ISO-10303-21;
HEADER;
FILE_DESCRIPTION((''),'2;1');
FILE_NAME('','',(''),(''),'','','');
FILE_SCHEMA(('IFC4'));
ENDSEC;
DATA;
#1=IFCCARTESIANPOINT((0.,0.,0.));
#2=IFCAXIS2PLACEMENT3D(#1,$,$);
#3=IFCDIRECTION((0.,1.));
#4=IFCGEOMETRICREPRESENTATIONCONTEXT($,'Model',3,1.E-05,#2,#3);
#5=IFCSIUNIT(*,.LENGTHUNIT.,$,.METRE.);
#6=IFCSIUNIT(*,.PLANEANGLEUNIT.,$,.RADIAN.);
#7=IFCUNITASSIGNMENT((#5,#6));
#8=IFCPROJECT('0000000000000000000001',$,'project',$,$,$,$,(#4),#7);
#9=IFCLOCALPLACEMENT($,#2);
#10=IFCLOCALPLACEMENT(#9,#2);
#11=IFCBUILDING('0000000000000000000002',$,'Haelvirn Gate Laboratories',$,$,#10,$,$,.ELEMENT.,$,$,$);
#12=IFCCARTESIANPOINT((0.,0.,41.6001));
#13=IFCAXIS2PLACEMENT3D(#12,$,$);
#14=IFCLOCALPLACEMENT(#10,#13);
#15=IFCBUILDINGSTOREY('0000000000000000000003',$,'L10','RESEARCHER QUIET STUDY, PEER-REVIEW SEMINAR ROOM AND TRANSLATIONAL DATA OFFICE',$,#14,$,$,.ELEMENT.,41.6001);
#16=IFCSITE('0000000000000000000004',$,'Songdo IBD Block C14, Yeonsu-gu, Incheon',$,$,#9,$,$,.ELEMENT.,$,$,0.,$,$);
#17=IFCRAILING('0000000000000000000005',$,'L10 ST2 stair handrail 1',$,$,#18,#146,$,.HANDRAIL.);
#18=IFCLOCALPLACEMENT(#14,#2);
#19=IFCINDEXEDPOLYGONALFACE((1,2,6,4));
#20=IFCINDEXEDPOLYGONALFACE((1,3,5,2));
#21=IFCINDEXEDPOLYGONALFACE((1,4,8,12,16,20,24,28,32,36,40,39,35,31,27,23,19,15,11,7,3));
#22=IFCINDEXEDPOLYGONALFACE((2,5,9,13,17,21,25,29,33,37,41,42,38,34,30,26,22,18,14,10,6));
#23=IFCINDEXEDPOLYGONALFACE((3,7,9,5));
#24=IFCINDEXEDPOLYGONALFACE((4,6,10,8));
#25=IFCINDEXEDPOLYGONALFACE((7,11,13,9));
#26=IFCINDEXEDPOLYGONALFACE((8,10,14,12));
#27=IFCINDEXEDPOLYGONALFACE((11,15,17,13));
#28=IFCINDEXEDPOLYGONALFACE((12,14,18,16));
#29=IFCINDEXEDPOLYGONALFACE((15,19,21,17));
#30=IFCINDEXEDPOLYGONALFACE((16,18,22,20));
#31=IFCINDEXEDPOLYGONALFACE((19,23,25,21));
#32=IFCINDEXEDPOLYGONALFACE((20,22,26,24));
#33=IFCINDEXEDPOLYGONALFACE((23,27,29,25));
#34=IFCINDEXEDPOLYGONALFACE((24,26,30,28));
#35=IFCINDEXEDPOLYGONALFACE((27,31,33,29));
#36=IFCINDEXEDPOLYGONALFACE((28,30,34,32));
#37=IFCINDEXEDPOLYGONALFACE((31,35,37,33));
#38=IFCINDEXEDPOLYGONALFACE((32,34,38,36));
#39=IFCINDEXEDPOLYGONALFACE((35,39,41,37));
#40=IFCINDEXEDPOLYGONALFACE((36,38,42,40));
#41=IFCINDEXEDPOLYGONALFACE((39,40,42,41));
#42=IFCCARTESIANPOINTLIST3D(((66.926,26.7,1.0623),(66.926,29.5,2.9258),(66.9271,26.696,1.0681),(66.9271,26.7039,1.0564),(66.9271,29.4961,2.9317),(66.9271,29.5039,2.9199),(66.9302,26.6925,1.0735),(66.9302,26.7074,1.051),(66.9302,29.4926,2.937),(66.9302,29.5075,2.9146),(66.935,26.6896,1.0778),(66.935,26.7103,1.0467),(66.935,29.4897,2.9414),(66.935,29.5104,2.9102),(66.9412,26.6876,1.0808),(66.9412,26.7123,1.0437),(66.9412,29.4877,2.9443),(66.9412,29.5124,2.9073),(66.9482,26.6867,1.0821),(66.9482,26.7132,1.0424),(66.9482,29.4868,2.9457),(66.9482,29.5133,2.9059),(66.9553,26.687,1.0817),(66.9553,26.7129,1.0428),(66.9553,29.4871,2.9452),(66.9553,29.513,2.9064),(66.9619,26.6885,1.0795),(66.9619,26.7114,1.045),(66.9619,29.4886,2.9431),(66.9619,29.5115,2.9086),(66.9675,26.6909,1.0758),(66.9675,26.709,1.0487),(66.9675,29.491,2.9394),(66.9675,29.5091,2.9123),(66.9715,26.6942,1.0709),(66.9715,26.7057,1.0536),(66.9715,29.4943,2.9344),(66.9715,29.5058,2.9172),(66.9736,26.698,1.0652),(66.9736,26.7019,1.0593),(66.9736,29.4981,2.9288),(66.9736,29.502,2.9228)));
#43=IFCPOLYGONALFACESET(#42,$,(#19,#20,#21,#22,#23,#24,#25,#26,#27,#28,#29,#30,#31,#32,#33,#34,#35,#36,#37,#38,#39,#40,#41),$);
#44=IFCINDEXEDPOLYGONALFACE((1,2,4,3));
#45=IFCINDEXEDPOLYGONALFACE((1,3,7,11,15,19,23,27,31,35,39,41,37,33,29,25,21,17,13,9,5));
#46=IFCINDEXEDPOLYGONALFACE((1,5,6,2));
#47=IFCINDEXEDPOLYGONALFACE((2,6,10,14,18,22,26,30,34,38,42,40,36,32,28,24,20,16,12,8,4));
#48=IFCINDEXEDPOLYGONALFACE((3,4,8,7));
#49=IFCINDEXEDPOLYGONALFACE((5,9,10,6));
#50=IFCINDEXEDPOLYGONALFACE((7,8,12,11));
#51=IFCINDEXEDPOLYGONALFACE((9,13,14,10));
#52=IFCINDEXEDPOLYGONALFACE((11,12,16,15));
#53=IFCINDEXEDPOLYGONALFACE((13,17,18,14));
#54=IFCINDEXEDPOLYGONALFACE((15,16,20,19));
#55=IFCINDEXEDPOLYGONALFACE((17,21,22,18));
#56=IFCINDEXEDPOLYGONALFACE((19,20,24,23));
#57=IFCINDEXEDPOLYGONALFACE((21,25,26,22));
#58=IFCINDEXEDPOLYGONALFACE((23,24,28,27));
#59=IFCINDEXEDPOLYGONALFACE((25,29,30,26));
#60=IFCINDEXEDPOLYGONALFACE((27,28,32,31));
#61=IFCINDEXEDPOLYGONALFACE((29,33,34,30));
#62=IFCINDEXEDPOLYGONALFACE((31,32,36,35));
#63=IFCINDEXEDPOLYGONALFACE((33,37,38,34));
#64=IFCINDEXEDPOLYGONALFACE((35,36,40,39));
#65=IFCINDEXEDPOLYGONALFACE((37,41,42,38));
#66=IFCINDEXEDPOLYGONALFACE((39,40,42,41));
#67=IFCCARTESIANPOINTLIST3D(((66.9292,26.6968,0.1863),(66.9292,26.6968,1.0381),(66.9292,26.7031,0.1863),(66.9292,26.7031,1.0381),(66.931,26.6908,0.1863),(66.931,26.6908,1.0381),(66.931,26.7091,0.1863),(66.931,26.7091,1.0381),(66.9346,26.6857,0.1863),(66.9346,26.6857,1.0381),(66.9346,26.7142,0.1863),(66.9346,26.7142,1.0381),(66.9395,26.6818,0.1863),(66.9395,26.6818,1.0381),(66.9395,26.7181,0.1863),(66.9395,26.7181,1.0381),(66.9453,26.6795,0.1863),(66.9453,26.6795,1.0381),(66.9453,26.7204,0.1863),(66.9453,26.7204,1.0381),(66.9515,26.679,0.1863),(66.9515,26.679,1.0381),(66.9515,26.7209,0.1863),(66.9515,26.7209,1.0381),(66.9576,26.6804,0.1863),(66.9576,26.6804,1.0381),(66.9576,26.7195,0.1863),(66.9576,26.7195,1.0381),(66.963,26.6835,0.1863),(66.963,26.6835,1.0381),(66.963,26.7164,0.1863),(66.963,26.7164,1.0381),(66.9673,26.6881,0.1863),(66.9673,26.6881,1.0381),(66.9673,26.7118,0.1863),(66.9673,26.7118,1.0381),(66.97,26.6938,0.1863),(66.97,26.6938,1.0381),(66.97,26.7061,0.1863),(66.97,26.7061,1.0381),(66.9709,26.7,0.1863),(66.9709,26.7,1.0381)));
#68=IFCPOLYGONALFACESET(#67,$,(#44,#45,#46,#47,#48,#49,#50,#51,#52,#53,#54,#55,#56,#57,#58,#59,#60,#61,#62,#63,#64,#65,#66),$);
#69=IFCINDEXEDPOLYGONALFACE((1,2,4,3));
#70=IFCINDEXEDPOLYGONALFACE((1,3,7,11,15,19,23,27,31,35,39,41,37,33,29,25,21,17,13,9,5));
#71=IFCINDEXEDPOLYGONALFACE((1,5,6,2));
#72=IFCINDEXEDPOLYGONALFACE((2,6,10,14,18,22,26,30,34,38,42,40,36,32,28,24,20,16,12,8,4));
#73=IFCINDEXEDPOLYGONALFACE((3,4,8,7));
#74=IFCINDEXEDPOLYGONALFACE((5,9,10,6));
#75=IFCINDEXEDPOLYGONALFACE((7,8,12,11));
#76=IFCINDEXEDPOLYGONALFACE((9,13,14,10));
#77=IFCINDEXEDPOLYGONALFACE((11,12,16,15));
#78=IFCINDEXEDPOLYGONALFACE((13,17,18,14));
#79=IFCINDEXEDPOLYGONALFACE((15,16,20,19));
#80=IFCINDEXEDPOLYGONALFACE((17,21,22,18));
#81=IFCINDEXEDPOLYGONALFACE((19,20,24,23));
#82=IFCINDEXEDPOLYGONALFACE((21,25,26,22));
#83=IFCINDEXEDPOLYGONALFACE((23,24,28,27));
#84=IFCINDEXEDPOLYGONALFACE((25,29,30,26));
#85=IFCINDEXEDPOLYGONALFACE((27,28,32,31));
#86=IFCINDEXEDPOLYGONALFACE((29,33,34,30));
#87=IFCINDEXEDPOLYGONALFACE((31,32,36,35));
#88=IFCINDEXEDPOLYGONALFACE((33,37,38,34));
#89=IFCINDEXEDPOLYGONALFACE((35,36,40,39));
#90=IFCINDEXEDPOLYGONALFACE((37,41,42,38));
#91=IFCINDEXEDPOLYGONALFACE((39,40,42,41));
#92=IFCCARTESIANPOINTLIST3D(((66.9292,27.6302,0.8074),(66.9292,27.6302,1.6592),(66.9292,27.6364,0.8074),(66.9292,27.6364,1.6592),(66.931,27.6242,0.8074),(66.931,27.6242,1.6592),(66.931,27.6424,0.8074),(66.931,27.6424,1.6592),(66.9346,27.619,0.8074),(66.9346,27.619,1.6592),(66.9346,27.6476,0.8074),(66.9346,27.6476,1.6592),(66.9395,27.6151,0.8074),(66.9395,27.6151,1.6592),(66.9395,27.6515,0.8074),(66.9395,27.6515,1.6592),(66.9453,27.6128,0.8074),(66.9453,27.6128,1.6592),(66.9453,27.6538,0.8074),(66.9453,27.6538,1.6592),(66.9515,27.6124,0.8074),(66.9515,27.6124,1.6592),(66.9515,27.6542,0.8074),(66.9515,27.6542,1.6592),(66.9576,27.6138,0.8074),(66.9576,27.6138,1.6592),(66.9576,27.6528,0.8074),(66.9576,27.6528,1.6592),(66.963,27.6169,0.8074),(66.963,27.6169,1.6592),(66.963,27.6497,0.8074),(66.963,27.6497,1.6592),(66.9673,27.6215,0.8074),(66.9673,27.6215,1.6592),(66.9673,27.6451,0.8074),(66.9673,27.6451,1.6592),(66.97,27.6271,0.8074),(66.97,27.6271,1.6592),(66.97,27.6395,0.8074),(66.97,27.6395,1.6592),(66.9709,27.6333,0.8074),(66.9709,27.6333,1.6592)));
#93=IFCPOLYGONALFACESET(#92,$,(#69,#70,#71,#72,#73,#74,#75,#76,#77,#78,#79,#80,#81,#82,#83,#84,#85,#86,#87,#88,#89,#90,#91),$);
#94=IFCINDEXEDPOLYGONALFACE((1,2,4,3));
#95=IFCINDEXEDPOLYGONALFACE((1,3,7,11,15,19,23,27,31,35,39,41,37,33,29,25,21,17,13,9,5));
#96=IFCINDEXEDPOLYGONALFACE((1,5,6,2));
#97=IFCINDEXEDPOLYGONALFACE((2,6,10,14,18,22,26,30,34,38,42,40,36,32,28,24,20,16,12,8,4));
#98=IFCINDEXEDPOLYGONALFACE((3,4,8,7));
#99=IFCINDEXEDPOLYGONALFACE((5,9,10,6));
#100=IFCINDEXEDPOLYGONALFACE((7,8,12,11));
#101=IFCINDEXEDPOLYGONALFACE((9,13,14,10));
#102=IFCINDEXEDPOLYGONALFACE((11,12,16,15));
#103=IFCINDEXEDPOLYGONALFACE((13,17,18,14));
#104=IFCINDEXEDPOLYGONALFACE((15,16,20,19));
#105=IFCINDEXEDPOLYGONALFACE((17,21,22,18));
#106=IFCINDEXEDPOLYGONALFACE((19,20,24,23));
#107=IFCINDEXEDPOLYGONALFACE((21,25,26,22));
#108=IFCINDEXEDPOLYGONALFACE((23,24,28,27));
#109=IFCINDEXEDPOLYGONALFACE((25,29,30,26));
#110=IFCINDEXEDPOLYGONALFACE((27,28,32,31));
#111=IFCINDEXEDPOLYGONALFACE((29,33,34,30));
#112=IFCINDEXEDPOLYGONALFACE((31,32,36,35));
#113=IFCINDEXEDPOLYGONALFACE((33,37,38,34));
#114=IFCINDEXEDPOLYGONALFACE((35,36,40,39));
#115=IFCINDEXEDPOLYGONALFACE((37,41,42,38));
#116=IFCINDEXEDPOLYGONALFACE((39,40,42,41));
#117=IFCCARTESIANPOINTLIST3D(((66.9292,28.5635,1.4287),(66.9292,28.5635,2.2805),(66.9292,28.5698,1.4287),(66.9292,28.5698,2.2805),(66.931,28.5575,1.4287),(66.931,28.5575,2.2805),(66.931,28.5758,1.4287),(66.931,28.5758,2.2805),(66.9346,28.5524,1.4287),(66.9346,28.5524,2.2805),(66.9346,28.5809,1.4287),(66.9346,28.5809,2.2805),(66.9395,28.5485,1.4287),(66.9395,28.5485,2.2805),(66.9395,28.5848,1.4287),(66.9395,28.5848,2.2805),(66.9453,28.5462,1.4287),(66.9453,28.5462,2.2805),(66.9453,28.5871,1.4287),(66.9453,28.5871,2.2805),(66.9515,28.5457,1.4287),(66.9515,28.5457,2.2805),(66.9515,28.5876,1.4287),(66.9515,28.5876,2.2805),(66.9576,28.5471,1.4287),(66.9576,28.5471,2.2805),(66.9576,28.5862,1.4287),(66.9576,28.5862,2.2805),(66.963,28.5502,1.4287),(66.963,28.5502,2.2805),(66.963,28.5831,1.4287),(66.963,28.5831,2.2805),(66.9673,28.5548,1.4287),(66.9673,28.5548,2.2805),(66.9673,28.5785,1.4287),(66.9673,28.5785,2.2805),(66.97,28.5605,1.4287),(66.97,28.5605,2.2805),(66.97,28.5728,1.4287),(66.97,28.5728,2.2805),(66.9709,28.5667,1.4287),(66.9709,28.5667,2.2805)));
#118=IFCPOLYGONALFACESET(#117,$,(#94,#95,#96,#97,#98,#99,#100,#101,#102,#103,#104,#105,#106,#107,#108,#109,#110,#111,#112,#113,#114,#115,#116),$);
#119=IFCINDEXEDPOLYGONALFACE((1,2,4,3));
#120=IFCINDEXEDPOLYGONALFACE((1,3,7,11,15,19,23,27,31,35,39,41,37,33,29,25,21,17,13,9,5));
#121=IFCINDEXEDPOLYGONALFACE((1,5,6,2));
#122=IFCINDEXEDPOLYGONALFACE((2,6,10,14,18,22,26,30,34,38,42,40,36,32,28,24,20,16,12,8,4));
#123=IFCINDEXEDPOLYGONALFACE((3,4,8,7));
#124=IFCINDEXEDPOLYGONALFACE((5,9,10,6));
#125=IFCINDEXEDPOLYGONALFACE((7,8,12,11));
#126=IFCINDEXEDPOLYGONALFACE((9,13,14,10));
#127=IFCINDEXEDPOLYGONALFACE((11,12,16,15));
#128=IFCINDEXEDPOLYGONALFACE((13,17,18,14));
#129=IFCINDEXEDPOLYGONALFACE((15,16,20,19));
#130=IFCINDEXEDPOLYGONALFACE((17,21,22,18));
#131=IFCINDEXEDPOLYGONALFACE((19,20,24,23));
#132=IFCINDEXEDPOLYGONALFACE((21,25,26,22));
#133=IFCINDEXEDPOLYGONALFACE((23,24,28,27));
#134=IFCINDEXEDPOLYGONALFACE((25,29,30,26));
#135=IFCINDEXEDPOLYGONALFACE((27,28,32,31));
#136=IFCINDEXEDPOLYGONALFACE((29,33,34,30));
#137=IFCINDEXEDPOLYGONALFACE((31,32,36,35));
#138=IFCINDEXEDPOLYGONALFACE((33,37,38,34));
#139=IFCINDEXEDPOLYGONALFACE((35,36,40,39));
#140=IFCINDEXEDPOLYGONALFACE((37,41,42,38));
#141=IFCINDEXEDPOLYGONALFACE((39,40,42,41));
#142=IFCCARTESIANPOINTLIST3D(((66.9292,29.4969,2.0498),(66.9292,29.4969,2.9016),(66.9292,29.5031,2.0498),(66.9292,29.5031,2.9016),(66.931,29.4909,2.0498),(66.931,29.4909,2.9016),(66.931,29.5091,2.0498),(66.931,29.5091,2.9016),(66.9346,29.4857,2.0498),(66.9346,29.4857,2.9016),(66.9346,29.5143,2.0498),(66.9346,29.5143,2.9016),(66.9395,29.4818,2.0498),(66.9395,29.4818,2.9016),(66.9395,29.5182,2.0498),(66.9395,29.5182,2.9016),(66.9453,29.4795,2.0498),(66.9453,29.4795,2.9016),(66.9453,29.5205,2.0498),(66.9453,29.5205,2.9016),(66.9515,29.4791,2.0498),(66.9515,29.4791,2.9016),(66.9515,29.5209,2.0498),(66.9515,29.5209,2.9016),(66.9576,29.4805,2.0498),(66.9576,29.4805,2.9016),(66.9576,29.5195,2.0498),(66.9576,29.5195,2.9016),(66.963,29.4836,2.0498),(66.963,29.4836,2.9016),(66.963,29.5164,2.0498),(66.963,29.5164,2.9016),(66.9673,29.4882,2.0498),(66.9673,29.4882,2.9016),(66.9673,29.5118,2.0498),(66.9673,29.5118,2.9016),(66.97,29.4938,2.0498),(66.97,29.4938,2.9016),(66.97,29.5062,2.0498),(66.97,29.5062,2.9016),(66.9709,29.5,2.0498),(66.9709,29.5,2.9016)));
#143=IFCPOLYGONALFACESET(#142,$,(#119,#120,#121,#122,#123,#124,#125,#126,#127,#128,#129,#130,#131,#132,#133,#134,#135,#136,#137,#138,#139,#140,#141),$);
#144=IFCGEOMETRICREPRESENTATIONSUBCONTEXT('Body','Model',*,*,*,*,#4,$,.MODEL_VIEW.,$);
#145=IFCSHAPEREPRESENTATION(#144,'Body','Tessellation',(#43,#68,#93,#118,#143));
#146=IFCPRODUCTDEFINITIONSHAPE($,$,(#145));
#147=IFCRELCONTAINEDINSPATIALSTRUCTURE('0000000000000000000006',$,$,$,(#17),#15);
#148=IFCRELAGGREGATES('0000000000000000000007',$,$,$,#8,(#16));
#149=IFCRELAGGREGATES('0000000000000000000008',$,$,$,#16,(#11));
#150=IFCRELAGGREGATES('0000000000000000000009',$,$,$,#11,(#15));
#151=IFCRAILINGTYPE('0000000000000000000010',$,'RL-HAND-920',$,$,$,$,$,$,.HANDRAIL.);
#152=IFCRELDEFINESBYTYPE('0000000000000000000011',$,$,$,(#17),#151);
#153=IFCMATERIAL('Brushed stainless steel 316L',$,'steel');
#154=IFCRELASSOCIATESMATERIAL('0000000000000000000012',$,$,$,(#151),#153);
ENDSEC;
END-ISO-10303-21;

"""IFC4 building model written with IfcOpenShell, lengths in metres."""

from ifc_helpers import new_model, si_unit, direction, frame, origin, origin_2d, place, context, subcontext, project, spatial, circle, extrude, source, transform, mapped, material, type_object, element, save


model = new_model("IFC4")

# Units and contexts
model_context = context("Model", 3, precision=1e-05, world=origin(), true_north=direction((0.0, 1.0)))
body_context = subcontext(model_context, "Body", "Model", "MODEL_VIEW")
ifc_project = project(units=[si_unit("LENGTHUNIT", "METRE"), si_unit("PLANEANGLEUNIT", "RADIAN")], contexts=[model_context])

# Site, building, storey
site_placement = place(None, origin())
site = spatial("IfcSite", under=ifc_project, at=site_placement, Name="Songdo IBD Block C14, Yeonsu-gu, Incheon", CompositionType="ELEMENT", RefElevation=0.0)
building_placement = place(site_placement, origin())
building = spatial("IfcBuilding", under=site, at=building_placement, Name="Haelvirn Gate Laboratories", CompositionType="ELEMENT")
storey_placement = place(building_placement, frame((0.0, 0.0, 41.6001)))
storey = spatial("IfcBuildingStorey", under=building, at=storey_placement, Name="L10", Description="RESEARCHER QUIET STUDY, PEER-REVIEW SEMINAR ROOM AND TRANSLATIONAL DATA OFFICE", CompositionType="ELEMENT", Elevation=41.6001)

# Railing
ifc_material_1 = material(Name="Brushed stainless steel 316L", Category="steel")
railing_type_1 = type_object("IfcRailingType", Name="RL-HAND-920", PredefinedType="HANDRAIL", material=ifc_material_1)
shared_shape_1 = source(origin(), body_context, "Body", "SweptSolid", [
    extrude(circle(Radius=0.0239, at=origin_2d()), frame((0.0, 0.0, 0.876), z_axis=(0.0, 0.832486, 0.554047), x_axis=(-1.0, 0.0, 0.0)), (0.0, 0.0, 1.0), 3.3635),
    extrude(circle(Radius=0.021, at=origin_2d()), origin(), (0.0, 0.0, 1.0), 0.8518),
    extrude(circle(Radius=0.021, at=origin_2d()), frame((0.0, 0.9333, 0.6211)), (0.0, 0.0, 1.0), 0.8518),
    extrude(circle(Radius=0.021, at=origin_2d()), frame((0.0, 1.8667, 1.2424)), (0.0, 0.0, 1.0), 0.8518),
    extrude(circle(Radius=0.021, at=origin_2d()), frame((0.0, 2.8, 1.8635)), (0.0, 0.0, 1.0), 0.8518),
])
railing_1_placement = place(storey_placement, frame((66.95, 26.7, 0.1863)))
element("IfcRailing", 1, at=railing_1_placement, inside=storey, type_object=railing_type_1, Name="L10 ST2 stair handrail 1", PredefinedType="HANDRAIL", context=body_context, shape_type="MappedRepresentation", body=[
    mapped(shared_shape_1, transform((0.0, 0.0, 0.0), scale=1.0)),
])

save(model, "model.ifc")
